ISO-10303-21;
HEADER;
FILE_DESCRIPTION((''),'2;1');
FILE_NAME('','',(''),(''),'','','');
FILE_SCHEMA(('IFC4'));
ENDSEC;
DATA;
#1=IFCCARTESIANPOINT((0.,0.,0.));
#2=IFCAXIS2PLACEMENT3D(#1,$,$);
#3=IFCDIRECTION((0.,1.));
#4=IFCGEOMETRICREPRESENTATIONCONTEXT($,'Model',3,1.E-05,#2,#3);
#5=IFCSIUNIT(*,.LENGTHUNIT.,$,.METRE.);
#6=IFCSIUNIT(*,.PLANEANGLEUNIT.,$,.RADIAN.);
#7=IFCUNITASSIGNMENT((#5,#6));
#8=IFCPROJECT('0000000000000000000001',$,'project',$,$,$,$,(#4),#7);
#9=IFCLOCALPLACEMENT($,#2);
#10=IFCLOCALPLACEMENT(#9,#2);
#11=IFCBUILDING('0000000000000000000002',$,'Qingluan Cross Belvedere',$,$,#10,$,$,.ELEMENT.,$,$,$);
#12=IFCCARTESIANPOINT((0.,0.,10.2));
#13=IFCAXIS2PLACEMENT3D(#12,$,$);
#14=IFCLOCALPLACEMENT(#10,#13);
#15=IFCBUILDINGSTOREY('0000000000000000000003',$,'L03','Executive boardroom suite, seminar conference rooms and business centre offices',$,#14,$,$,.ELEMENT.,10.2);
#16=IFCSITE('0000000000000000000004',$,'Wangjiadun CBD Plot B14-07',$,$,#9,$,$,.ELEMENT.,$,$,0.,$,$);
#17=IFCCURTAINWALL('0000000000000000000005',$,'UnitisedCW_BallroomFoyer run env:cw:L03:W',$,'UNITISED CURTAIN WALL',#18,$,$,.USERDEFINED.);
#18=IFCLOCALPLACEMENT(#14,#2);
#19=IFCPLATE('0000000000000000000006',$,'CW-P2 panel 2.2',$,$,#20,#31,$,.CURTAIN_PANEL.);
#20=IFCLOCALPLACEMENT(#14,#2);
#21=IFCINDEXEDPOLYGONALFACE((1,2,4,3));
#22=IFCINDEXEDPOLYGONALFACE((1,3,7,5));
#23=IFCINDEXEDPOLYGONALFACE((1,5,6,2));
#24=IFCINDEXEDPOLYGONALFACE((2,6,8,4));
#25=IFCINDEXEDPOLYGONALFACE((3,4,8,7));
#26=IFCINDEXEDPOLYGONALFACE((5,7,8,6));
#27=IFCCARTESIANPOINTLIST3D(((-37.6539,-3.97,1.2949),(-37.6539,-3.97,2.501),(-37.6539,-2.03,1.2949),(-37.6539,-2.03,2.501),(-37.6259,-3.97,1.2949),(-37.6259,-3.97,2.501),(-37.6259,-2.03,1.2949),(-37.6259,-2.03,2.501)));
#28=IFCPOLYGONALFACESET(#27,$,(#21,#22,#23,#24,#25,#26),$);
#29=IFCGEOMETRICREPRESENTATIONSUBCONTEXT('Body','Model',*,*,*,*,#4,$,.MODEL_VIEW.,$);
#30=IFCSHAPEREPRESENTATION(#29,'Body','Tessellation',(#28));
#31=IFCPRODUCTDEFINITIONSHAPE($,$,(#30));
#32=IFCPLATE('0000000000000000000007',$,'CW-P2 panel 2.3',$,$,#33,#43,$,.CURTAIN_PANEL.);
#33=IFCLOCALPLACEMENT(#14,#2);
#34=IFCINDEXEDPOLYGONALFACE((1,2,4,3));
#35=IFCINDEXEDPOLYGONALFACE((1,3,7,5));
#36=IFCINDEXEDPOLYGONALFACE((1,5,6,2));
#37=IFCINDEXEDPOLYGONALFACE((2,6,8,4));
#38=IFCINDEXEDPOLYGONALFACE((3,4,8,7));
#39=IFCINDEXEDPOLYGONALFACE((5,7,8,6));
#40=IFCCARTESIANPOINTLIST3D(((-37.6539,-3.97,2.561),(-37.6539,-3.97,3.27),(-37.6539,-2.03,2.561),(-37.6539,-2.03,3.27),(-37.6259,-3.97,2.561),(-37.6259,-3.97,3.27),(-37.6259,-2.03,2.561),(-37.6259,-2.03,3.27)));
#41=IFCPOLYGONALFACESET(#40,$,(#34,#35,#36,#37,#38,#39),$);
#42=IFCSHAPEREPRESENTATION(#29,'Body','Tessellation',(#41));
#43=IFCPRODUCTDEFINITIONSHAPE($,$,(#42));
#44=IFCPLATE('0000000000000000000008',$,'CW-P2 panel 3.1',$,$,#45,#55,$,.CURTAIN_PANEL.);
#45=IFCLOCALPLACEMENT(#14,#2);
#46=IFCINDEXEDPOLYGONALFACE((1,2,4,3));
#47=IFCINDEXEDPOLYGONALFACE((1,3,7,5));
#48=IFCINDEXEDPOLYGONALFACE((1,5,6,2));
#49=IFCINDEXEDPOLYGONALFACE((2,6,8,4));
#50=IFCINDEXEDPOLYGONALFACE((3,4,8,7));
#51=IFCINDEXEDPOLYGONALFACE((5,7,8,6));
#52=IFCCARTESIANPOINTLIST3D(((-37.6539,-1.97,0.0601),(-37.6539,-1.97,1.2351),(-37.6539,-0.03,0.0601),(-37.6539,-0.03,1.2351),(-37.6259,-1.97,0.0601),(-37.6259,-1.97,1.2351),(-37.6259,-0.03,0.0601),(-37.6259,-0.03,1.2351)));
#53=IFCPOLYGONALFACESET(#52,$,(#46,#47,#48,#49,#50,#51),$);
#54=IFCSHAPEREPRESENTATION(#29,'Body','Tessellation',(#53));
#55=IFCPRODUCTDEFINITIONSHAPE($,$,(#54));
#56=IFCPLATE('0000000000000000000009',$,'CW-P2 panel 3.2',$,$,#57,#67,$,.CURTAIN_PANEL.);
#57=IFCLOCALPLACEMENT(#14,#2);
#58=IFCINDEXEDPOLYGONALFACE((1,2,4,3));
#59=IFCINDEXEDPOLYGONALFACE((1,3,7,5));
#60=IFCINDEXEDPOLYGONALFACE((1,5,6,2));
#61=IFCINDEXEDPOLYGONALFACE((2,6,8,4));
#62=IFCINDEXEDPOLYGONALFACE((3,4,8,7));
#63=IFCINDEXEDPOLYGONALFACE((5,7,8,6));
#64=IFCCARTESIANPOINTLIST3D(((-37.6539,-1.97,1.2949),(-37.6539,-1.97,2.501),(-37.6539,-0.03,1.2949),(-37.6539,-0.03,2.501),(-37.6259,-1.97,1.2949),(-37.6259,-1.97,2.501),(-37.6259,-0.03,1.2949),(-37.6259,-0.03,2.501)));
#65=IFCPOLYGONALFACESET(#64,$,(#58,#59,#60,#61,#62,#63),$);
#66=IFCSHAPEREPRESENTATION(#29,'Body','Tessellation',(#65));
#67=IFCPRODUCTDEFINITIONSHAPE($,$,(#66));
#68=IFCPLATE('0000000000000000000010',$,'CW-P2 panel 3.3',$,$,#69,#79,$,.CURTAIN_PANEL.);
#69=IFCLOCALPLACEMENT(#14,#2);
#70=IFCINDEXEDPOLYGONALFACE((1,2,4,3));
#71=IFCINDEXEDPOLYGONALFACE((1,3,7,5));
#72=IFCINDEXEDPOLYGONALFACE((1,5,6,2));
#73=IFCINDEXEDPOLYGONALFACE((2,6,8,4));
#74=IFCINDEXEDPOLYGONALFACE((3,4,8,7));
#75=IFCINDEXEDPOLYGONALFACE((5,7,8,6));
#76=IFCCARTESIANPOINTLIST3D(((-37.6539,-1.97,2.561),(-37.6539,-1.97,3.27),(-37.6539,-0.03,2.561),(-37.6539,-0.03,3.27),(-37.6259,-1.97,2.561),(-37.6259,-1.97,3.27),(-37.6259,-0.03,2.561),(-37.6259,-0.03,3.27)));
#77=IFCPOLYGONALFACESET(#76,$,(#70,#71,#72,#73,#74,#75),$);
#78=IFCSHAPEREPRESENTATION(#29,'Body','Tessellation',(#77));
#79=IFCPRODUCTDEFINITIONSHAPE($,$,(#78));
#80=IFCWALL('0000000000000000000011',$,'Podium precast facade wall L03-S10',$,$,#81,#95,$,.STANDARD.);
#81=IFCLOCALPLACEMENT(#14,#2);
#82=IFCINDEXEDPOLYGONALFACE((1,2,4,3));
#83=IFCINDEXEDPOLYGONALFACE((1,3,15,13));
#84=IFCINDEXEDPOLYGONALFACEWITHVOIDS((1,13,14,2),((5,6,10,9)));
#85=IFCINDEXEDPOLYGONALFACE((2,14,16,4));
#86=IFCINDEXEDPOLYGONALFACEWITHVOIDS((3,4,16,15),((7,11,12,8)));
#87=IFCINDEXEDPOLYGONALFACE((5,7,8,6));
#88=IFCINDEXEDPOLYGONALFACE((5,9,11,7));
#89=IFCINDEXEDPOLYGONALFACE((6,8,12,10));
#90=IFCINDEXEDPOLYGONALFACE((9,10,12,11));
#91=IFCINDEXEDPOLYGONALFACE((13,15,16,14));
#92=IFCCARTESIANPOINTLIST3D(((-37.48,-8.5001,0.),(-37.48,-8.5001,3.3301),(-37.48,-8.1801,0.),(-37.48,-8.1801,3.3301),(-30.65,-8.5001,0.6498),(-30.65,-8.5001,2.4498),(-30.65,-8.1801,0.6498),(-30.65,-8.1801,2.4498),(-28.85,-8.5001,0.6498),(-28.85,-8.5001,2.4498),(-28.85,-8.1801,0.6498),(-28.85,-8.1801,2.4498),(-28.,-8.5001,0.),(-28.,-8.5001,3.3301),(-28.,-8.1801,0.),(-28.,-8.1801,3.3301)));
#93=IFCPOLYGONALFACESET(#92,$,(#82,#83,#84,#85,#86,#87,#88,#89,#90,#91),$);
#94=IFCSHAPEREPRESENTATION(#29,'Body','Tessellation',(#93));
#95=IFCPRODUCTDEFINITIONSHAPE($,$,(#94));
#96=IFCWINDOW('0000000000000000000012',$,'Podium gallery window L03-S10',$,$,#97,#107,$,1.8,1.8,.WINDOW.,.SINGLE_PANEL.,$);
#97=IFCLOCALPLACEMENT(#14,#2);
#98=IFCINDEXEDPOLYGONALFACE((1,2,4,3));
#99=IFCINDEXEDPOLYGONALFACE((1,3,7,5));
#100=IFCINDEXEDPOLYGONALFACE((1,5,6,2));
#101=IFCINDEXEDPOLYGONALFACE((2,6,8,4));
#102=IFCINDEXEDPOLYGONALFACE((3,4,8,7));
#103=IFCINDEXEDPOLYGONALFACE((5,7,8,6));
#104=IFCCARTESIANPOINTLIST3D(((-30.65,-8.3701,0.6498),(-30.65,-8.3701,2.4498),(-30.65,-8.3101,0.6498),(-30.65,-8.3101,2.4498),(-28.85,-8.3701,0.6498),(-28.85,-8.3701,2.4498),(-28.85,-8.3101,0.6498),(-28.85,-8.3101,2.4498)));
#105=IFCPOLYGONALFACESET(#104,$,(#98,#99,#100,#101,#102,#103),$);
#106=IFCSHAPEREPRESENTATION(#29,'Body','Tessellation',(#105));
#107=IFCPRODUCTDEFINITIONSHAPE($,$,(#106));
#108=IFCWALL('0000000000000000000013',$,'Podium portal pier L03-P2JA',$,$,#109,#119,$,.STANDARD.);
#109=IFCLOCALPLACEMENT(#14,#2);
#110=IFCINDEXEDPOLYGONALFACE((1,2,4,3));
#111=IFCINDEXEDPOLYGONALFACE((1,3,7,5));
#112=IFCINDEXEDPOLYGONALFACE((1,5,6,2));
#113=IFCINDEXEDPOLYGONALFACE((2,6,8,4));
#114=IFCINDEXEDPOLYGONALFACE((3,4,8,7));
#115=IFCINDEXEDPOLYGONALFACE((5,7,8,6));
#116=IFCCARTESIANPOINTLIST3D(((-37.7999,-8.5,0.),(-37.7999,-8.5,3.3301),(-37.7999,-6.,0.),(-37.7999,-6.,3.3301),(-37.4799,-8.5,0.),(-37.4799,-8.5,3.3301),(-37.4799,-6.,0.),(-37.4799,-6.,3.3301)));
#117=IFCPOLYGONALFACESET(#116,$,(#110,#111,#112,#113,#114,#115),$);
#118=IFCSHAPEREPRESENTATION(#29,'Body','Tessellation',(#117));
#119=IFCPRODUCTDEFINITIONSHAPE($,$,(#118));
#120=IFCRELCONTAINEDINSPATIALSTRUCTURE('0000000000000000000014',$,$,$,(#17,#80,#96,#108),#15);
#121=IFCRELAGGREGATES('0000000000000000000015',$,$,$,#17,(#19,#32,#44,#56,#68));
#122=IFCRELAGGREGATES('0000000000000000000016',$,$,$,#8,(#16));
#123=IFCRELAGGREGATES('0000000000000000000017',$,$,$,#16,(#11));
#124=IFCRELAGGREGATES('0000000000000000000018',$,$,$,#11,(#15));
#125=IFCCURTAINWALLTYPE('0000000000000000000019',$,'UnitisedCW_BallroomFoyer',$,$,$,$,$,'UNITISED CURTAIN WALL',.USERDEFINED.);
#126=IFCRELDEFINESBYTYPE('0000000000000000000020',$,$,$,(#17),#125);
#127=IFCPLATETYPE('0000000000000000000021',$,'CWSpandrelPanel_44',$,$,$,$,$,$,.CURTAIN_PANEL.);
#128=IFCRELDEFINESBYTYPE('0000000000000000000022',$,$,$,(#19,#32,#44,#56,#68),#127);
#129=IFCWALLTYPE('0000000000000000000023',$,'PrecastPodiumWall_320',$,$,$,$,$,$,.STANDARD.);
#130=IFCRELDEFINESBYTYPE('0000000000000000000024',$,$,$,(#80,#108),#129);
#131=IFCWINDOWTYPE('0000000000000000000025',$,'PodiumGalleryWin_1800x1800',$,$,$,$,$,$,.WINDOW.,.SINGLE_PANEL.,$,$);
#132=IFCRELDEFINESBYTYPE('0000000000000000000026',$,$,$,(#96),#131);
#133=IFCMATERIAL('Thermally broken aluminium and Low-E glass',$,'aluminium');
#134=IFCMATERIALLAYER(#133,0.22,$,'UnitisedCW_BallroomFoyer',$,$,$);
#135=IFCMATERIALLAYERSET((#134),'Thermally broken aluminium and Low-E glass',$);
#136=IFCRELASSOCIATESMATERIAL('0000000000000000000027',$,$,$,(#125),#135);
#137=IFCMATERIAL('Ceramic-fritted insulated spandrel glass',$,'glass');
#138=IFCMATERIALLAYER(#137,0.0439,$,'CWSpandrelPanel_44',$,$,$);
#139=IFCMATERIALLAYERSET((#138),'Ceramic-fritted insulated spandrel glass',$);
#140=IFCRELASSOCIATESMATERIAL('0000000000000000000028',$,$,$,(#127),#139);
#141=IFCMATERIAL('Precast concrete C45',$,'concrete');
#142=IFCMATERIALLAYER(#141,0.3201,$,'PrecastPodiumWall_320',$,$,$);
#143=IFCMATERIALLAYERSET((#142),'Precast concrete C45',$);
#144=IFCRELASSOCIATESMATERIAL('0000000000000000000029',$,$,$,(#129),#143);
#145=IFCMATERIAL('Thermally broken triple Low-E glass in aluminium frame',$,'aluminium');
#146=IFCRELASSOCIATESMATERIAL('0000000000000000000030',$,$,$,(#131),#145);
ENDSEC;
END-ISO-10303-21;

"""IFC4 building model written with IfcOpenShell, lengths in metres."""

from ifc_helpers import new_model, si_unit, direction, frame, frame_2d, origin, origin_2d, place, context, subcontext, project, spatial, rectangle, extrude, material, layer, layer_set, type_object, element, fill, aggregate, save


model = new_model("IFC4")

# Units and contexts
model_context = context("Model", 3, precision=1e-05, world=origin(), true_north=direction((0.0, 1.0)))
body_context = subcontext(model_context, "Body", "Model", "MODEL_VIEW")
ifc_project = project(units=[si_unit("LENGTHUNIT", "METRE"), si_unit("PLANEANGLEUNIT", "RADIAN")], contexts=[model_context])

# Site, building, storey
site_placement = place(None, origin())
site = spatial("IfcSite", under=ifc_project, at=site_placement, Name="Wangjiadun CBD Plot B14-07", CompositionType="ELEMENT", RefElevation=0.0)
building_placement = place(site_placement, origin())
building = spatial("IfcBuilding", under=site, at=building_placement, Name="Qingluan Cross Belvedere", CompositionType="ELEMENT")
storey_placement = place(building_placement, frame((0.0, 0.0, 10.2)))
storey = spatial("IfcBuildingStorey", under=building, at=storey_placement, Name="L03", Description="Executive boardroom suite, seminar conference rooms and business centre offices", CompositionType="ELEMENT", Elevation=10.2)

# Curtain wall, plates
ifc_material_1 = material(Name="Thermally broken aluminium and Low-E glass", Category="aluminium")
ifc_layer_1 = layer(ifc_material_1, 0.22, Name="UnitisedCW_BallroomFoyer")
ifc_layer_set_1 = layer_set([ifc_layer_1], Name="Thermally broken aluminium and Low-E glass")
curtain_wall_type = type_object("IfcCurtainWallType", Name="UnitisedCW_BallroomFoyer", ElementType="UNITISED CURTAIN WALL", PredefinedType="USERDEFINED", material=ifc_layer_set_1)
curtain_wall_placement = place(storey_placement, origin())
curtain_wall = element("IfcCurtainWall", 1, at=curtain_wall_placement, inside=storey, type_object=curtain_wall_type, Name="UnitisedCW_BallroomFoyer run env:cw:L03:W", ObjectType="UNITISED CURTAIN WALL", PredefinedType="USERDEFINED")
ifc_material_2 = material(Name="Ceramic-fritted insulated spandrel glass", Category="glass")
ifc_layer_2 = layer(ifc_material_2, 0.0439, Name="CWSpandrelPanel_44")
ifc_layer_set_2 = layer_set([ifc_layer_2], Name="Ceramic-fritted insulated spandrel glass")
plate_type = type_object("IfcPlateType", Name="CWSpandrelPanel_44", PredefinedType="CURTAIN_PANEL", material=ifc_layer_set_2)
plate_1_placement = place(storey_placement, frame((-37.6399, -3.0, 1.2949), z_axis=(0.0, 0.0, 1.0), x_axis=(0.0, 1.0, 0.0)))
plate_1 = element("IfcPlate", 2, at=plate_1_placement, type_object=plate_type, Name="CW-P2 panel 2.2", PredefinedType="CURTAIN_PANEL", context=body_context, shape_type="SweptSolid", body=[
    extrude(rectangle(XDim=1.9399, YDim=0.0281, at=origin_2d()), origin(), (0.0, 0.0, 1.0), 1.2061),
])
plate_2_placement = place(storey_placement, frame((-37.6399, -3.0, 2.561), z_axis=(0.0, 0.0, 1.0), x_axis=(0.0, 1.0, 0.0)))
plate_2 = element("IfcPlate", 3, at=plate_2_placement, type_object=plate_type, Name="CW-P2 panel 2.3", PredefinedType="CURTAIN_PANEL", context=body_context, shape_type="SweptSolid", body=[
    extrude(rectangle(XDim=1.9399, YDim=0.0281, at=origin_2d()), origin(), (0.0, 0.0, 1.0), 0.709),
])
plate_3_placement = place(storey_placement, frame((-37.6399, -1.0, 0.0601), z_axis=(0.0, 0.0, 1.0), x_axis=(0.0, 1.0, 0.0)))
plate_3 = element("IfcPlate", 4, at=plate_3_placement, type_object=plate_type, Name="CW-P2 panel 3.1", PredefinedType="CURTAIN_PANEL", context=body_context, shape_type="SweptSolid", body=[
    extrude(rectangle(XDim=1.9399, YDim=0.0281, at=origin_2d()), origin(), (0.0, 0.0, 1.0), 1.175),
])
plate_4_placement = place(storey_placement, frame((-37.6399, -1.0, 1.2949), z_axis=(0.0, 0.0, 1.0), x_axis=(0.0, 1.0, 0.0)))
plate_4 = element("IfcPlate", 5, at=plate_4_placement, type_object=plate_type, Name="CW-P2 panel 3.2", PredefinedType="CURTAIN_PANEL", context=body_context, shape_type="SweptSolid", body=[
    extrude(rectangle(XDim=1.9399, YDim=0.0281, at=origin_2d()), origin(), (0.0, 0.0, 1.0), 1.2061),
])
plate_5_placement = place(storey_placement, frame((-37.6399, -1.0, 2.561), z_axis=(0.0, 0.0, 1.0), x_axis=(0.0, 1.0, 0.0)))
plate_5 = element("IfcPlate", 6, at=plate_5_placement, type_object=plate_type, Name="CW-P2 panel 3.3", PredefinedType="CURTAIN_PANEL", context=body_context, shape_type="SweptSolid", body=[
    extrude(rectangle(XDim=1.9399, YDim=0.0281, at=origin_2d()), origin(), (0.0, 0.0, 1.0), 0.709),
])
aggregate(curtain_wall, [plate_1, plate_2, plate_3, plate_4, plate_5])

# Wall, opening, window
ifc_material_3 = material(Name="Precast concrete C45", Category="concrete")
ifc_layer_3 = layer(ifc_material_3, 0.3201, Name="PrecastPodiumWall_320")
ifc_layer_set_3 = layer_set([ifc_layer_3], Name="Precast concrete C45")
wall_type = type_object("IfcWallType", Name="PrecastPodiumWall_320", PredefinedType="STANDARD", material=ifc_layer_set_3)
wall_1_placement = place(storey_placement, frame((-28.0, -8.3401, 0.0), z_axis=(0.0, 0.0, 1.0), x_axis=(-1.0, 0.0, 0.0)))
wall_1 = element("IfcWall", 7, at=wall_1_placement, inside=storey, type_object=wall_type, Name="Podium precast facade wall L03-S10", PredefinedType="STANDARD", context=body_context, shape_type="SweptSolid", body=[
    extrude(rectangle(XDim=9.48, YDim=0.3201, at=frame_2d((4.74, 0.0))), origin(), (0.0, 0.0, 1.0), 3.3301),
])
opening_placement = place(wall_1_placement, frame((0.8501, 0.0, 0.6499)))
opening = element("IfcOpeningElement", 8, at=opening_placement, cuts=wall_1, PredefinedType="OPENING", context=body_context, shape_type="SweptSolid", body=[
    extrude(rectangle(XDim=1.8, YDim=1.8, at=frame_2d((0.8999, 0.8999))), frame((0.0, 0.1699, 0.0), z_axis=(0.0, -1.0, 0.0), x_axis=(1.0, 0.0, 0.0)), (0.0, 0.0, 1.0), 0.3401),
])
ifc_material_4 = material(Name="Thermally broken triple Low-E glass in aluminium frame", Category="aluminium")
window_type = type_object("IfcWindowType", Name="PodiumGalleryWin_1800x1800", PartitioningType="SINGLE_PANEL", PredefinedType="WINDOW", material=ifc_material_4)
window_placement = place(opening_placement, origin())
window = element("IfcWindow", 9, at=window_placement, inside=storey, type_object=window_type, Name="Podium gallery window L03-S10", OverallHeight=1.8, OverallWidth=1.8, PartitioningType="SINGLE_PANEL", PredefinedType="WINDOW", context=body_context, shape_type="SweptSolid", body=[
    extrude(rectangle(XDim=1.8, YDim=1.8, at=frame_2d((0.8999, 0.8999))), frame((0.0, 0.03, 0.0), z_axis=(0.0, -1.0, 0.0), x_axis=(1.0, 0.0, 0.0)), (0.0, 0.0, 1.0), 0.0601),
])
fill(opening, window)

# Wall
wall_2_placement = place(storey_placement, frame((-37.6399, -8.5, 0.0), z_axis=(0.0, 0.0, 1.0), x_axis=(0.0, 1.0, 0.0)))
element("IfcWall", 10, at=wall_2_placement, inside=storey, type_object=wall_type, Name="Podium portal pier L03-P2JA", PredefinedType="STANDARD", context=body_context, shape_type="SweptSolid", body=[
    extrude(rectangle(XDim=2.5, YDim=0.3201, at=frame_2d((1.25, 0.0))), origin(), (0.0, 0.0, 1.0), 3.3301),
])

save(model, "model.ifc")
